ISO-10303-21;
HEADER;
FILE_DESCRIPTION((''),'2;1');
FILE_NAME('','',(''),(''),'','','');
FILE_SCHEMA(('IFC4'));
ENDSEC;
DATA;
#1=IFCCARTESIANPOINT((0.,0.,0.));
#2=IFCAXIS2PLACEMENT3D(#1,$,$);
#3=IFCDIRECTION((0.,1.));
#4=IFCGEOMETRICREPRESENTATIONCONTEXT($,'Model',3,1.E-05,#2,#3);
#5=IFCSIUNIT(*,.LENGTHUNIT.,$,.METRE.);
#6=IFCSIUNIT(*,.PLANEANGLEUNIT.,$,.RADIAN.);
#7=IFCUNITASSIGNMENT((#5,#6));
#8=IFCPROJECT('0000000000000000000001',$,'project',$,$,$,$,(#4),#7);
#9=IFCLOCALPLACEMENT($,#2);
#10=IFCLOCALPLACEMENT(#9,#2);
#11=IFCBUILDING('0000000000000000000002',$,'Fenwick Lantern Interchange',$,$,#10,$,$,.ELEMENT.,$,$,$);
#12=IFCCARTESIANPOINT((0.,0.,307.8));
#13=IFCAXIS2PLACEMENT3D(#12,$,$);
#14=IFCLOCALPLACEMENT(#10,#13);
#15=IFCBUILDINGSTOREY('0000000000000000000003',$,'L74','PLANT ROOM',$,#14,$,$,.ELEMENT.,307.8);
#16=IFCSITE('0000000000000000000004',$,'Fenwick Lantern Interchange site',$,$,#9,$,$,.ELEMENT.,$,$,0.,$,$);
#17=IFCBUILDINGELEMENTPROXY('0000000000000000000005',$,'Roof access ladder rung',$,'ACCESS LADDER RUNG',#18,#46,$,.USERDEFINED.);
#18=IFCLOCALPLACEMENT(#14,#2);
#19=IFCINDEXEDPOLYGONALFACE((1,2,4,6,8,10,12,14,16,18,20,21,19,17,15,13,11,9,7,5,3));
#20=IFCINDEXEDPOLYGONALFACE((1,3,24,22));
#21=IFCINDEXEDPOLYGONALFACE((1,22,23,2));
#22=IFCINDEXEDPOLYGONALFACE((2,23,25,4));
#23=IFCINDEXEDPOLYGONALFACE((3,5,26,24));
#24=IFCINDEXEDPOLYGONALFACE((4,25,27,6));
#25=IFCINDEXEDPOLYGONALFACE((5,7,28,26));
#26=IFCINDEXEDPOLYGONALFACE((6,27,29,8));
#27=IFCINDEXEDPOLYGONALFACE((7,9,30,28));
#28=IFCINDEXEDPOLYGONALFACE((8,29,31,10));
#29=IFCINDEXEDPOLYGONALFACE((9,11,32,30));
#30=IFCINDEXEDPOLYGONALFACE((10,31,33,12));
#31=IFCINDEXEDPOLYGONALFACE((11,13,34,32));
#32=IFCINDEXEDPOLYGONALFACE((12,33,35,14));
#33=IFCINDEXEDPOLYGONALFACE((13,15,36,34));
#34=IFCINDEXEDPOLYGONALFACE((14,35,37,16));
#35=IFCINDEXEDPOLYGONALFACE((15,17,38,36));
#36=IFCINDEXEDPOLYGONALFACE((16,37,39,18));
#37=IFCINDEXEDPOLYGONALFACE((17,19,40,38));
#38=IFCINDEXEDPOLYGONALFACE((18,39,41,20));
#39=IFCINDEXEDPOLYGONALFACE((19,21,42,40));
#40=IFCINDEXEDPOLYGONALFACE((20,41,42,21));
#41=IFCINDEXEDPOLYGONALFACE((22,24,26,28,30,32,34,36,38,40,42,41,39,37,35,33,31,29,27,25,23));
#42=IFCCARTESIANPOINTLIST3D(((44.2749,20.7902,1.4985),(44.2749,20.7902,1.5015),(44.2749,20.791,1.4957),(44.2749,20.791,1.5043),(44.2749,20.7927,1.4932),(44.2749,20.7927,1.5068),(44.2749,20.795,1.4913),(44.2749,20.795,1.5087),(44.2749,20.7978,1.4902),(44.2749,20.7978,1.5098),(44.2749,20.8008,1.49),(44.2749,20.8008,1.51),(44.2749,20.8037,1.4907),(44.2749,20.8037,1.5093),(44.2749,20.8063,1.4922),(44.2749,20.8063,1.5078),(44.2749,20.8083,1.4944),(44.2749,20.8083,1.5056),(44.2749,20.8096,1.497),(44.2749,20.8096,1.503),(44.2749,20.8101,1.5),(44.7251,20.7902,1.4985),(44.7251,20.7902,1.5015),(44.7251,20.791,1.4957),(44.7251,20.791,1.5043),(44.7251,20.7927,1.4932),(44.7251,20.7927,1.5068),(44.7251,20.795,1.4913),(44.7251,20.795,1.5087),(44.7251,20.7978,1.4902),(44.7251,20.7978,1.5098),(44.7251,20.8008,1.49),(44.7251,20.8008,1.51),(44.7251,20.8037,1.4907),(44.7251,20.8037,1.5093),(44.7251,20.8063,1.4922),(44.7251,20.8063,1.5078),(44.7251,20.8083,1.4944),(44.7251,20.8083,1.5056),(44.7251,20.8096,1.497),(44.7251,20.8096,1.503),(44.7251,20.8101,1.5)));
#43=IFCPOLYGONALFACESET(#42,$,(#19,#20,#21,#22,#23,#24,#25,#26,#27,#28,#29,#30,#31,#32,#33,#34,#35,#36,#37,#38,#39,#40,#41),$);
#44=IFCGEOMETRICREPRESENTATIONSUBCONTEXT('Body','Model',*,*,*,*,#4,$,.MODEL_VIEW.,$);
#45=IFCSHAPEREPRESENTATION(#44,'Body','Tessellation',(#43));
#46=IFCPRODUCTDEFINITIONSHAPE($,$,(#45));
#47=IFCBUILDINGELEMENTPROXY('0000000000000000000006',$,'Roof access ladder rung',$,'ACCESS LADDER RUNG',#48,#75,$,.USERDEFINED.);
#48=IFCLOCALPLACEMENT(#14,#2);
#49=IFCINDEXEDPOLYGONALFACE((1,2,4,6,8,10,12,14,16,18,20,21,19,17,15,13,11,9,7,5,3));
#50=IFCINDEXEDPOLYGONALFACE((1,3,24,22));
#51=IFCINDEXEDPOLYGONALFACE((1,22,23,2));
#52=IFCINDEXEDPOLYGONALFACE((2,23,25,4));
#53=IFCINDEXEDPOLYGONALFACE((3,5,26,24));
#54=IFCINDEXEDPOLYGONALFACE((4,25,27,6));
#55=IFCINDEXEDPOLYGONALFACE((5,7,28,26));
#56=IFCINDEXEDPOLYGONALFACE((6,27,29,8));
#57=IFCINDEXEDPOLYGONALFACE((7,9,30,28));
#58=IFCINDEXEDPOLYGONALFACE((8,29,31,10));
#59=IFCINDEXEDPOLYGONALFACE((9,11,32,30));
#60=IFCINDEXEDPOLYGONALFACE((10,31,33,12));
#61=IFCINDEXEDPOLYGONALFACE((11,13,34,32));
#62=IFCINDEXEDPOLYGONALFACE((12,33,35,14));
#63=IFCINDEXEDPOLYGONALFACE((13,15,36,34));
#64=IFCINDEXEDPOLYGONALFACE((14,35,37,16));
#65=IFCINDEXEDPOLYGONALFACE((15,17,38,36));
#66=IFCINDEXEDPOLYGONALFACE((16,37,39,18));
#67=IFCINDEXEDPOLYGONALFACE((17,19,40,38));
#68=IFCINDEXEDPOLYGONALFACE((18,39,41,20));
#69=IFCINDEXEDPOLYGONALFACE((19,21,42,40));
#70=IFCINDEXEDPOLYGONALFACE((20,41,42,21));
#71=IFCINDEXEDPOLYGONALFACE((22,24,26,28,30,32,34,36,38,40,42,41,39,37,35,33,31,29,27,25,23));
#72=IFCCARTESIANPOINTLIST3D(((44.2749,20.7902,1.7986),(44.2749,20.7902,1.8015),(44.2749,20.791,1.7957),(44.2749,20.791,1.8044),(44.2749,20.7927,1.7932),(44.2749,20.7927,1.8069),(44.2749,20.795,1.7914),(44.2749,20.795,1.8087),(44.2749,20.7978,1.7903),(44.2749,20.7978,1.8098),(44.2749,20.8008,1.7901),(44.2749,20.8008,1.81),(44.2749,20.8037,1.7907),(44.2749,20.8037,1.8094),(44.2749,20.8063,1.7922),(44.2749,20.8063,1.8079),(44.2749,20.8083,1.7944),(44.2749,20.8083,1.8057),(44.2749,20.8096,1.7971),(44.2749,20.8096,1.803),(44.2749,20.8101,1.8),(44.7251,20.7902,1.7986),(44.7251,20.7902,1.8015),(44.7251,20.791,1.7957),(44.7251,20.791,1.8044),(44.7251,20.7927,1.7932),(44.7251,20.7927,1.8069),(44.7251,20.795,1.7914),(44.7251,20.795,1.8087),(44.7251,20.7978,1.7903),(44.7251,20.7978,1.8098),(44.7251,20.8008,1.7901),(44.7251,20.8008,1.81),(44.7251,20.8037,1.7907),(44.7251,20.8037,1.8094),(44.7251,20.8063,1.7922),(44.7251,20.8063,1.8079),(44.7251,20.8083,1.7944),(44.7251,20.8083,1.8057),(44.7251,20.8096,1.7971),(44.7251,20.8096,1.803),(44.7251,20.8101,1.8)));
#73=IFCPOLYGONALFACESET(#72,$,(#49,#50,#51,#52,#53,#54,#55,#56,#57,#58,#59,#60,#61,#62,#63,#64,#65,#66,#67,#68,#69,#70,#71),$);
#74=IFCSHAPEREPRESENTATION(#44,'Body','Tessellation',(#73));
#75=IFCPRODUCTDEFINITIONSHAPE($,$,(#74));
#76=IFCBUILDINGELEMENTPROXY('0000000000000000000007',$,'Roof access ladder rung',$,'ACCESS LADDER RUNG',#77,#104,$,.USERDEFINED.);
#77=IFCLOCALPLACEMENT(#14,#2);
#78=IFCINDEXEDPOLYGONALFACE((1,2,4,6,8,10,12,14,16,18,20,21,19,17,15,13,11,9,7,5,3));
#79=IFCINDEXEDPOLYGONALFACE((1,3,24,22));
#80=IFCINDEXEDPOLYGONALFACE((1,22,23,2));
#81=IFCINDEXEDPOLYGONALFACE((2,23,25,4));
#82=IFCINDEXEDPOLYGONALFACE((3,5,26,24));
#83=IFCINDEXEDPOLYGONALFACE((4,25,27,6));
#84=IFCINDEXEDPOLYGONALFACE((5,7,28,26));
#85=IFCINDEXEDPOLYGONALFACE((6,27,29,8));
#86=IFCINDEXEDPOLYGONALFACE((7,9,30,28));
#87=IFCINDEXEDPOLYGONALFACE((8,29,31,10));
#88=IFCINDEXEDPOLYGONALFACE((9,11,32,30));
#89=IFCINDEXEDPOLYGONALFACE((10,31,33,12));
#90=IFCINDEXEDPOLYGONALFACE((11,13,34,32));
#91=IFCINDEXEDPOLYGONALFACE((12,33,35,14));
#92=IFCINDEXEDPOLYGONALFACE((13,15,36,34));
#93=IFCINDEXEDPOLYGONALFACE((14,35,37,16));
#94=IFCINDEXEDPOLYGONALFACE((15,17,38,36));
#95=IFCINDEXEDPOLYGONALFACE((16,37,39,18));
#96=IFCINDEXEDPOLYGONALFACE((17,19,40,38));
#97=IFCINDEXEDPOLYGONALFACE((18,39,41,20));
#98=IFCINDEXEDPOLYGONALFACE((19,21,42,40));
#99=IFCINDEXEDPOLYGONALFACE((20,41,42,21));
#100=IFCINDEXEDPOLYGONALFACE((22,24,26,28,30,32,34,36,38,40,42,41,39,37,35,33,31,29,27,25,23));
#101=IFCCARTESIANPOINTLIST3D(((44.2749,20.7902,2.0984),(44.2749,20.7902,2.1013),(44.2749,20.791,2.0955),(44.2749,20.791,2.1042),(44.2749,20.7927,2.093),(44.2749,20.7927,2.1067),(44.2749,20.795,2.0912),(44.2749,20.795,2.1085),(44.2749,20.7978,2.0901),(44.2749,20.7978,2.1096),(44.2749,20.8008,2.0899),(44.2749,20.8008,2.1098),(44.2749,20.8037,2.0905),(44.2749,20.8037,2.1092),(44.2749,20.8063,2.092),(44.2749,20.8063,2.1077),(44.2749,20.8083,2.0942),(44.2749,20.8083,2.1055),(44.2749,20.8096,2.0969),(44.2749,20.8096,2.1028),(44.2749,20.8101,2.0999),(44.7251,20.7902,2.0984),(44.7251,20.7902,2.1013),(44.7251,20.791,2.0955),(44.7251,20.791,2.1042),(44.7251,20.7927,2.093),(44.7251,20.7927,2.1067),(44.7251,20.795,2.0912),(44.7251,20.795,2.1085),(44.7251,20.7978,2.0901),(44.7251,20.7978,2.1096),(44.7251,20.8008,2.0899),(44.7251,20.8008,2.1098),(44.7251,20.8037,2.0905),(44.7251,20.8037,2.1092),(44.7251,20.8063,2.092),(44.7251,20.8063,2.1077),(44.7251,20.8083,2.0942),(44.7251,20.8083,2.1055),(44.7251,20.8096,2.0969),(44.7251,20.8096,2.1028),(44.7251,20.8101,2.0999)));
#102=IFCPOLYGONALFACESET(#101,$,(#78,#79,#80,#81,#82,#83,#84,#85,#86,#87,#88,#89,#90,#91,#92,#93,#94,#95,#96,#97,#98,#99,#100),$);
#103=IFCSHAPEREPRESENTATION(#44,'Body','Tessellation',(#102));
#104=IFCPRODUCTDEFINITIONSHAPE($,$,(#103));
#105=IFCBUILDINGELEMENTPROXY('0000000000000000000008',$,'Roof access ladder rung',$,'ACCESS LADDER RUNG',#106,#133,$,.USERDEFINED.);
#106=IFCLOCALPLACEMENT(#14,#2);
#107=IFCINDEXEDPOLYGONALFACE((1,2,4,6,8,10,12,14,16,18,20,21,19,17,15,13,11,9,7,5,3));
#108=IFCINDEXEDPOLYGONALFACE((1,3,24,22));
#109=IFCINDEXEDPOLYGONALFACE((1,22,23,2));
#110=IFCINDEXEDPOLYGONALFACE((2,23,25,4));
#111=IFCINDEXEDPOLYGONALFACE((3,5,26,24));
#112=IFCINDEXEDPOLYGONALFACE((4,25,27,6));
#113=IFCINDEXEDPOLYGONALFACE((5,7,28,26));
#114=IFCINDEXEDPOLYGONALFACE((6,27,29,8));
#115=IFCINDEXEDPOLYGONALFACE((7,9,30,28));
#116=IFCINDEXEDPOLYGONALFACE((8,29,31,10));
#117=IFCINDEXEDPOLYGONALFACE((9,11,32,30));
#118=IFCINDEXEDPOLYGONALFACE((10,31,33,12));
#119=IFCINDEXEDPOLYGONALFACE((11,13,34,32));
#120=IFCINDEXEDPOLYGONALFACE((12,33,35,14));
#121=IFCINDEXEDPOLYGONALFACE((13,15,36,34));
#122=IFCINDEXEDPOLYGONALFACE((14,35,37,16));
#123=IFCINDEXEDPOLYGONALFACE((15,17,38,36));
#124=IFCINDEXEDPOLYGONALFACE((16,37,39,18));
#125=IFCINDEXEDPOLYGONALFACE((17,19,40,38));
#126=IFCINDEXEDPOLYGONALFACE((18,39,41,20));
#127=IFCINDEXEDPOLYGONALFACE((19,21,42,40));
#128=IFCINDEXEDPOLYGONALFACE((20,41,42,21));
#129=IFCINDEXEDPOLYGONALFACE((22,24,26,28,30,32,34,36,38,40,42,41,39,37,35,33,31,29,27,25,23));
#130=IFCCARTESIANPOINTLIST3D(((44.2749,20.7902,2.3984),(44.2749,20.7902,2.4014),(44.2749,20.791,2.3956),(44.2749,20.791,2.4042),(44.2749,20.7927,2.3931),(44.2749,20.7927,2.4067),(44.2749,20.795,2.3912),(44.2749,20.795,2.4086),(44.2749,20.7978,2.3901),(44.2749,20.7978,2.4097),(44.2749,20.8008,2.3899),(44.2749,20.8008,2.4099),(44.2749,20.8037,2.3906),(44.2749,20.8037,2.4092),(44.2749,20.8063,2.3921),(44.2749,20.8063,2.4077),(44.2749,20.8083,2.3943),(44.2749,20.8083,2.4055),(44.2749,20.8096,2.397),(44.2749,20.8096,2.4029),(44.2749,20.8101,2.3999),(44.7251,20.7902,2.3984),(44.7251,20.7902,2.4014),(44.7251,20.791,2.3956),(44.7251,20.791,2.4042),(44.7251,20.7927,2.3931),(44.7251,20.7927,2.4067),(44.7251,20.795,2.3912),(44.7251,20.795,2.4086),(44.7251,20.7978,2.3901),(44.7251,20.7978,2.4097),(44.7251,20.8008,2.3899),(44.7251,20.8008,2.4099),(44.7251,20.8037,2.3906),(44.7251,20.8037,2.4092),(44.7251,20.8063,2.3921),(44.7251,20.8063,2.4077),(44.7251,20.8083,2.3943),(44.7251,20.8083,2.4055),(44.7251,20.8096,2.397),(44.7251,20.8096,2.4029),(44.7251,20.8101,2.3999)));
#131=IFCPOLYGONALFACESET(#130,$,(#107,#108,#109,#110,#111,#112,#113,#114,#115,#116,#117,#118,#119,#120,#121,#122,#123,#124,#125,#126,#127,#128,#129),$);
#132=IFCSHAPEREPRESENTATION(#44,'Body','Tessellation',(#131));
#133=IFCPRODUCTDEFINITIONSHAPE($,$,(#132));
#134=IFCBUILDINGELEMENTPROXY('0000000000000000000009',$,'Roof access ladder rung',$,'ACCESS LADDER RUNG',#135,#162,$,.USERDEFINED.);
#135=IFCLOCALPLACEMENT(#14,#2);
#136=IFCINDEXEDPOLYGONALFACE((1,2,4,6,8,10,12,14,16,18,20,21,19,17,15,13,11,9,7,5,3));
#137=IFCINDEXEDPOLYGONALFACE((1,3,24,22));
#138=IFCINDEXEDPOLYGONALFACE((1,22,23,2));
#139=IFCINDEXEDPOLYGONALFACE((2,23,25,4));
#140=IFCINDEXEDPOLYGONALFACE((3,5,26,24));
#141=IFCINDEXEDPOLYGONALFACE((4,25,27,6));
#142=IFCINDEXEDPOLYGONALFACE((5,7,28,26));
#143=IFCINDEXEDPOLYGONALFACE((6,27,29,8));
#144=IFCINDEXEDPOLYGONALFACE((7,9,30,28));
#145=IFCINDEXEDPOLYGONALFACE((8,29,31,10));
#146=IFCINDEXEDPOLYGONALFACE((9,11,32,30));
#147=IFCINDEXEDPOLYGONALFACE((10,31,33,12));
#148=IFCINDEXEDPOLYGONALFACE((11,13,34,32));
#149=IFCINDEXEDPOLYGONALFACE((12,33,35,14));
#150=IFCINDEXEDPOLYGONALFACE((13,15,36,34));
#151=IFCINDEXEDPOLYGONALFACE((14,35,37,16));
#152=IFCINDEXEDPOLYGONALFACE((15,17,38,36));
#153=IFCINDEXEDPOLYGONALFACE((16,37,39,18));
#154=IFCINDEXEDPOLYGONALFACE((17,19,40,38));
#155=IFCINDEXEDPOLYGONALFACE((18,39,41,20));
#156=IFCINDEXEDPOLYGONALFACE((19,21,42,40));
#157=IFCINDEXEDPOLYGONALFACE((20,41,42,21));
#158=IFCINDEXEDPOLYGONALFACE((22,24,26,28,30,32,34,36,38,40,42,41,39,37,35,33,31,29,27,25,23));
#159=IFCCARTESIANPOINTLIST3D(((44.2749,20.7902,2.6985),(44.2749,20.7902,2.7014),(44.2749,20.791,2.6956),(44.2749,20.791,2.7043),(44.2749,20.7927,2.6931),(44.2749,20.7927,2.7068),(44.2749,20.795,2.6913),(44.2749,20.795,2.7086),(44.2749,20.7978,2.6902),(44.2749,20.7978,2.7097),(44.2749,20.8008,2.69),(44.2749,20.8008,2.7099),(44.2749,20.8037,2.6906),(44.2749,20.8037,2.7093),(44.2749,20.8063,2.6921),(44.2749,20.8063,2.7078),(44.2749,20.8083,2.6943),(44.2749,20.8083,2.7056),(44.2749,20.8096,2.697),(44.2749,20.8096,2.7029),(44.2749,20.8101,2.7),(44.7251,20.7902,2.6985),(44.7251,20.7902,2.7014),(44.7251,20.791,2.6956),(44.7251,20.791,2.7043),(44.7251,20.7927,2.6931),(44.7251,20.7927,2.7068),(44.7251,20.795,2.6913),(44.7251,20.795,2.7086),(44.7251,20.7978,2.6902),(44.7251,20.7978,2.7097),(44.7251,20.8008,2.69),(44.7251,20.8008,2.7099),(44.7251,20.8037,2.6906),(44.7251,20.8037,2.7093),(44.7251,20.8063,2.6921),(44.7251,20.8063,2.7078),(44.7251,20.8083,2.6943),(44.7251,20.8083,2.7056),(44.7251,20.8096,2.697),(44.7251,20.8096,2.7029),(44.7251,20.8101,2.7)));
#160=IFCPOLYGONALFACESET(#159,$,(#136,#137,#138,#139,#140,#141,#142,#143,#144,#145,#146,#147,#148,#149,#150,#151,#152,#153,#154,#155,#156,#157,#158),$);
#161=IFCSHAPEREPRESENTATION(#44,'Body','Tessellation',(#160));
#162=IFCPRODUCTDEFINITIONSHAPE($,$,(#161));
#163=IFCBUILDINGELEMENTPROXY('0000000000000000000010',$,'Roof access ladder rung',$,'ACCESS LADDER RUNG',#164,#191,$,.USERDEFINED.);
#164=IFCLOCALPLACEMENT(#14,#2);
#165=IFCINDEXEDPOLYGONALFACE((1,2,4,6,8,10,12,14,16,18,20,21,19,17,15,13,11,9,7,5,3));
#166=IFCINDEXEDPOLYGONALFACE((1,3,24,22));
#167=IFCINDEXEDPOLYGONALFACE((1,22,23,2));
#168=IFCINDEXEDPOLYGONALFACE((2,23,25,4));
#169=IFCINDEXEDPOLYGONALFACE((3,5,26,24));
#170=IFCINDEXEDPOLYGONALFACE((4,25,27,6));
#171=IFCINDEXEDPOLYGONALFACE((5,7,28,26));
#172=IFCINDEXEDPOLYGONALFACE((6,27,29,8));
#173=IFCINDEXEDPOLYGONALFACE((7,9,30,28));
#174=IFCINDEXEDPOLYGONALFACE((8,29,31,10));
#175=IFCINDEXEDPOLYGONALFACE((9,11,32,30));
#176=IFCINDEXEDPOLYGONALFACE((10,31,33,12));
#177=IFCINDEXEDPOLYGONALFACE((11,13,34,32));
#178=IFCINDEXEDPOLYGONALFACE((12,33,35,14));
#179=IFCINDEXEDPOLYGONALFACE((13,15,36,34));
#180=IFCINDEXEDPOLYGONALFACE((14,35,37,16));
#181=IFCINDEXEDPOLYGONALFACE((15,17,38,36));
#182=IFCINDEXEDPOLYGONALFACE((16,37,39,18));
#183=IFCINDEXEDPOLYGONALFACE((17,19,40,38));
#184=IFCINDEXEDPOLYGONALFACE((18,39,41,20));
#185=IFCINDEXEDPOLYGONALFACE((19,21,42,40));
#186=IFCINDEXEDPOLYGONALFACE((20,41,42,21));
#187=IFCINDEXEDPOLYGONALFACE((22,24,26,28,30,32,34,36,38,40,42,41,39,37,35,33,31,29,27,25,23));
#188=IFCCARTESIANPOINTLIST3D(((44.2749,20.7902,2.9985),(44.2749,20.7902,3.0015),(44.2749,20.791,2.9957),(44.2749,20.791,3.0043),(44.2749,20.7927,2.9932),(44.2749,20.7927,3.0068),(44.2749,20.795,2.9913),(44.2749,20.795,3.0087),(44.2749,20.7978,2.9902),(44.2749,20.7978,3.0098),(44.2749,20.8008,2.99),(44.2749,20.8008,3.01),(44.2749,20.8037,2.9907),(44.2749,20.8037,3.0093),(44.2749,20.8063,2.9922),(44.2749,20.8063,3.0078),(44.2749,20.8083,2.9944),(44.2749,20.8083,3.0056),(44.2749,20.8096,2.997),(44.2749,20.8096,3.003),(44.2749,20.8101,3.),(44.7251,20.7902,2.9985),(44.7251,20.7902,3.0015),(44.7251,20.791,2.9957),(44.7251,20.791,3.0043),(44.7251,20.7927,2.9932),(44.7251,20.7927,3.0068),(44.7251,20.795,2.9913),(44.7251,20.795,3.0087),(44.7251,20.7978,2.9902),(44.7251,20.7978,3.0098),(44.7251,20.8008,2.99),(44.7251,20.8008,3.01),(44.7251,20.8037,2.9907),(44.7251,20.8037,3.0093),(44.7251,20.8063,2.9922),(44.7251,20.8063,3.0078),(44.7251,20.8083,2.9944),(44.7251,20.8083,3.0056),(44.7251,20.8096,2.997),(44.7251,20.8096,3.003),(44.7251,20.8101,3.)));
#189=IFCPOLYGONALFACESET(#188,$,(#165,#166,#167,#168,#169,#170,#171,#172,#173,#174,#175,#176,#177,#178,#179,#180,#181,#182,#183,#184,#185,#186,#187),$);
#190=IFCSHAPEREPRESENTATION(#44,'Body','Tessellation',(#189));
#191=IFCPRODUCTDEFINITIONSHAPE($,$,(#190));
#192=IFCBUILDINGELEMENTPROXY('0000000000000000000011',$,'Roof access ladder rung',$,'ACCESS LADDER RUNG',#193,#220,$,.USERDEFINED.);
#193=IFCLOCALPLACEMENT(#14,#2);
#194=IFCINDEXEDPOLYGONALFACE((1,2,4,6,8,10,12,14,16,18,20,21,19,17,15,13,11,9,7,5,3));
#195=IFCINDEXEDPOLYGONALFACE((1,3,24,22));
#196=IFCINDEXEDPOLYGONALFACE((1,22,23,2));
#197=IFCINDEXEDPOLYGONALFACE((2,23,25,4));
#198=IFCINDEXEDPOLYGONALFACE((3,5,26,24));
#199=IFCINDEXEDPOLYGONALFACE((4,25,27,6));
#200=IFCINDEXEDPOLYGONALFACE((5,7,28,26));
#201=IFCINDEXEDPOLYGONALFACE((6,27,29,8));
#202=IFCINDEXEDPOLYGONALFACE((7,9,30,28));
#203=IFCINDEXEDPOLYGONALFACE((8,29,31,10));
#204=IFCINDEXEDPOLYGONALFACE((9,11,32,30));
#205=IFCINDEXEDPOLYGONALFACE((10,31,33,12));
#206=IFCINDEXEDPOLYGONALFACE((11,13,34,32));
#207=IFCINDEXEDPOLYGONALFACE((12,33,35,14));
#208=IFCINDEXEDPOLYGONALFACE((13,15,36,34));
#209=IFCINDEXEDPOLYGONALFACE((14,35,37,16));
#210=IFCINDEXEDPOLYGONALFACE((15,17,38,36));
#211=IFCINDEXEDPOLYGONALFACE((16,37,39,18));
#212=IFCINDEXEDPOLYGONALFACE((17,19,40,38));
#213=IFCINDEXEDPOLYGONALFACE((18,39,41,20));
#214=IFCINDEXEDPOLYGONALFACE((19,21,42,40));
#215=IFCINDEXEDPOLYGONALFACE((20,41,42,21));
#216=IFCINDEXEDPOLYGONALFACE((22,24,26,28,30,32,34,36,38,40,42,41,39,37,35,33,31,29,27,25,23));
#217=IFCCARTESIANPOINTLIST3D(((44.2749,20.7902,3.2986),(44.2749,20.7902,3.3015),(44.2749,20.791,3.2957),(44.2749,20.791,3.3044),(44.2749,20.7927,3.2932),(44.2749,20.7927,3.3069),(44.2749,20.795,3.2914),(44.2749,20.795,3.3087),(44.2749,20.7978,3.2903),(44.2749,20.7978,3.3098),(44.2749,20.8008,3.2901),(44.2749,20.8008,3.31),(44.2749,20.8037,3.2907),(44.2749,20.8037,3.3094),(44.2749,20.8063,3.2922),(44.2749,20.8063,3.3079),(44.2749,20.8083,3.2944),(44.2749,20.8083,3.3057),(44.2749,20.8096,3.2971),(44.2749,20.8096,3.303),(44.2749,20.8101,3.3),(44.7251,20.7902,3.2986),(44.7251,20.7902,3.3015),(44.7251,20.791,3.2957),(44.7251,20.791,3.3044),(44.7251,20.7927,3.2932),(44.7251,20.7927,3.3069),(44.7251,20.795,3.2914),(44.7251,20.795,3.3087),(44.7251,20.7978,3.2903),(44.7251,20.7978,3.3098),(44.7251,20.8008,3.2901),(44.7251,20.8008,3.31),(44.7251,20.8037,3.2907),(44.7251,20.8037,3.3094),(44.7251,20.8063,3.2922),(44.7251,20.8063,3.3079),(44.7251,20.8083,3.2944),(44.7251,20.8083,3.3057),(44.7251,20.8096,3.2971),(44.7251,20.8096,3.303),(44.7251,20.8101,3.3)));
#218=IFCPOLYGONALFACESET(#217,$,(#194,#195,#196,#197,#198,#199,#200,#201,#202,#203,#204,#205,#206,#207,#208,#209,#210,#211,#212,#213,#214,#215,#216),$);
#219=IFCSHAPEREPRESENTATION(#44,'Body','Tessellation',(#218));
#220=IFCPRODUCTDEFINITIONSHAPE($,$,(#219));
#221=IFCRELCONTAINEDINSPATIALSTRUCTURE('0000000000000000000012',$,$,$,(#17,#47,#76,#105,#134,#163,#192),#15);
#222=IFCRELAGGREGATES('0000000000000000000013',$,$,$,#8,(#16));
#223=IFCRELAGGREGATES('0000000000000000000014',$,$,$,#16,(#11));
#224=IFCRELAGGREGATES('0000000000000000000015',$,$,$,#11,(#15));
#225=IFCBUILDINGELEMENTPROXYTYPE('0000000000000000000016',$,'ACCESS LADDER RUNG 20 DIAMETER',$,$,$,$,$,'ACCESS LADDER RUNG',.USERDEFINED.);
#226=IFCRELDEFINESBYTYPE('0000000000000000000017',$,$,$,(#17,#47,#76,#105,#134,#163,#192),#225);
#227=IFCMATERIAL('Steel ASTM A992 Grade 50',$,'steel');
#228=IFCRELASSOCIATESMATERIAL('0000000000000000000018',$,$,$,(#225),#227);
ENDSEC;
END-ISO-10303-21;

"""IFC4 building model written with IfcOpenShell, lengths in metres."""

from ifc_helpers import new_model, si_unit, direction, frame, origin, origin_2d, place, context, subcontext, project, spatial, circle, extrude, material, material_profile, profile_set, type_object, element, save


model = new_model("IFC4")

# Units and contexts
model_context = context("Model", 3, precision=1e-05, world=origin(), true_north=direction((0.0, 1.0)))
body_context = subcontext(model_context, "Body", "Model", "MODEL_VIEW")
ifc_project = project(units=[si_unit("LENGTHUNIT", "METRE"), si_unit("PLANEANGLEUNIT", "RADIAN")], contexts=[model_context])

# Site, building, storey
site_placement = place(None, origin())
site = spatial("IfcSite", under=ifc_project, at=site_placement, Name="Fenwick Lantern Interchange site", CompositionType="ELEMENT", RefElevation=0.0)
building_placement = place(site_placement, origin())
building = spatial("IfcBuilding", under=site, at=building_placement, Name="Fenwick Lantern Interchange", CompositionType="ELEMENT")
storey_placement = place(building_placement, frame((0.0, 0.0, 307.8)))
storey = spatial("IfcBuildingStorey", under=building, at=storey_placement, Name="L74", Description="PLANT ROOM", CompositionType="ELEMENT", Elevation=307.8)

# Shared definitions
ifc_material_1 = material(Name="Steel ASTM A992 Grade 50", Category="steel")

# Building element proxies
ifc_material_profile_1 = material_profile(ifc_material_1, circle(Radius=0.01, at=origin_2d()), Name="RB20")
ifc_profile_set_1 = profile_set([ifc_material_profile_1], Name="Steel ASTM A992 Grade 50")
building_element_proxy_type_1 = type_object("IfcBuildingElementProxyType", Name="ACCESS LADDER RUNG 20 DIAMETER", ElementType="ACCESS LADDER RUNG", PredefinedType="USERDEFINED", material=ifc_profile_set_1)
for number, where, z_axis, x_axis, name in (
    (1, (44.2749, 20.8, 1.5), (1.0, 0.0, 0.0), (0.0, 1.0, 0.0), "Roof access ladder rung"),
    (2, (44.2749, 20.8, 1.8), (1.0, 0.0, 0.0), (0.0, 1.0, 0.0), "Roof access ladder rung"),
    (3, (44.2749, 20.8, 2.0999), (1.0, 0.0, 0.0), (0.0, 1.0, 0.0), "Roof access ladder rung"),
    (4, (44.2749, 20.8, 2.3999), (1.0, 0.0, 0.0), (0.0, 1.0, 0.0), "Roof access ladder rung"),
    (5, (44.2749, 20.8, 2.7), (1.0, 0.0, 0.0), (0.0, 1.0, 0.0), "Roof access ladder rung"),
    (6, (44.2749, 20.8, 3.0), (1.0, 0.0, 0.0), (0.0, 1.0, 0.0), "Roof access ladder rung"),
    (7, (44.2749, 20.8, 3.3), (1.0, 0.0, 0.0), (0.0, 1.0, 0.0), "Roof access ladder rung"),
):
    element("IfcBuildingElementProxy", number, at=place(storey_placement, frame(where, z_axis=z_axis, x_axis=x_axis)), inside=storey, type_object=building_element_proxy_type_1, Name=name, ObjectType="ACCESS LADDER RUNG", PredefinedType="USERDEFINED", context=body_context, shape_type="SweptSolid", body=[
        extrude(circle(Radius=0.01, at=origin_2d()), origin(), (0.0, 0.0, 1.0), 0.4502),
    ])

save(model, "model.ifc")
